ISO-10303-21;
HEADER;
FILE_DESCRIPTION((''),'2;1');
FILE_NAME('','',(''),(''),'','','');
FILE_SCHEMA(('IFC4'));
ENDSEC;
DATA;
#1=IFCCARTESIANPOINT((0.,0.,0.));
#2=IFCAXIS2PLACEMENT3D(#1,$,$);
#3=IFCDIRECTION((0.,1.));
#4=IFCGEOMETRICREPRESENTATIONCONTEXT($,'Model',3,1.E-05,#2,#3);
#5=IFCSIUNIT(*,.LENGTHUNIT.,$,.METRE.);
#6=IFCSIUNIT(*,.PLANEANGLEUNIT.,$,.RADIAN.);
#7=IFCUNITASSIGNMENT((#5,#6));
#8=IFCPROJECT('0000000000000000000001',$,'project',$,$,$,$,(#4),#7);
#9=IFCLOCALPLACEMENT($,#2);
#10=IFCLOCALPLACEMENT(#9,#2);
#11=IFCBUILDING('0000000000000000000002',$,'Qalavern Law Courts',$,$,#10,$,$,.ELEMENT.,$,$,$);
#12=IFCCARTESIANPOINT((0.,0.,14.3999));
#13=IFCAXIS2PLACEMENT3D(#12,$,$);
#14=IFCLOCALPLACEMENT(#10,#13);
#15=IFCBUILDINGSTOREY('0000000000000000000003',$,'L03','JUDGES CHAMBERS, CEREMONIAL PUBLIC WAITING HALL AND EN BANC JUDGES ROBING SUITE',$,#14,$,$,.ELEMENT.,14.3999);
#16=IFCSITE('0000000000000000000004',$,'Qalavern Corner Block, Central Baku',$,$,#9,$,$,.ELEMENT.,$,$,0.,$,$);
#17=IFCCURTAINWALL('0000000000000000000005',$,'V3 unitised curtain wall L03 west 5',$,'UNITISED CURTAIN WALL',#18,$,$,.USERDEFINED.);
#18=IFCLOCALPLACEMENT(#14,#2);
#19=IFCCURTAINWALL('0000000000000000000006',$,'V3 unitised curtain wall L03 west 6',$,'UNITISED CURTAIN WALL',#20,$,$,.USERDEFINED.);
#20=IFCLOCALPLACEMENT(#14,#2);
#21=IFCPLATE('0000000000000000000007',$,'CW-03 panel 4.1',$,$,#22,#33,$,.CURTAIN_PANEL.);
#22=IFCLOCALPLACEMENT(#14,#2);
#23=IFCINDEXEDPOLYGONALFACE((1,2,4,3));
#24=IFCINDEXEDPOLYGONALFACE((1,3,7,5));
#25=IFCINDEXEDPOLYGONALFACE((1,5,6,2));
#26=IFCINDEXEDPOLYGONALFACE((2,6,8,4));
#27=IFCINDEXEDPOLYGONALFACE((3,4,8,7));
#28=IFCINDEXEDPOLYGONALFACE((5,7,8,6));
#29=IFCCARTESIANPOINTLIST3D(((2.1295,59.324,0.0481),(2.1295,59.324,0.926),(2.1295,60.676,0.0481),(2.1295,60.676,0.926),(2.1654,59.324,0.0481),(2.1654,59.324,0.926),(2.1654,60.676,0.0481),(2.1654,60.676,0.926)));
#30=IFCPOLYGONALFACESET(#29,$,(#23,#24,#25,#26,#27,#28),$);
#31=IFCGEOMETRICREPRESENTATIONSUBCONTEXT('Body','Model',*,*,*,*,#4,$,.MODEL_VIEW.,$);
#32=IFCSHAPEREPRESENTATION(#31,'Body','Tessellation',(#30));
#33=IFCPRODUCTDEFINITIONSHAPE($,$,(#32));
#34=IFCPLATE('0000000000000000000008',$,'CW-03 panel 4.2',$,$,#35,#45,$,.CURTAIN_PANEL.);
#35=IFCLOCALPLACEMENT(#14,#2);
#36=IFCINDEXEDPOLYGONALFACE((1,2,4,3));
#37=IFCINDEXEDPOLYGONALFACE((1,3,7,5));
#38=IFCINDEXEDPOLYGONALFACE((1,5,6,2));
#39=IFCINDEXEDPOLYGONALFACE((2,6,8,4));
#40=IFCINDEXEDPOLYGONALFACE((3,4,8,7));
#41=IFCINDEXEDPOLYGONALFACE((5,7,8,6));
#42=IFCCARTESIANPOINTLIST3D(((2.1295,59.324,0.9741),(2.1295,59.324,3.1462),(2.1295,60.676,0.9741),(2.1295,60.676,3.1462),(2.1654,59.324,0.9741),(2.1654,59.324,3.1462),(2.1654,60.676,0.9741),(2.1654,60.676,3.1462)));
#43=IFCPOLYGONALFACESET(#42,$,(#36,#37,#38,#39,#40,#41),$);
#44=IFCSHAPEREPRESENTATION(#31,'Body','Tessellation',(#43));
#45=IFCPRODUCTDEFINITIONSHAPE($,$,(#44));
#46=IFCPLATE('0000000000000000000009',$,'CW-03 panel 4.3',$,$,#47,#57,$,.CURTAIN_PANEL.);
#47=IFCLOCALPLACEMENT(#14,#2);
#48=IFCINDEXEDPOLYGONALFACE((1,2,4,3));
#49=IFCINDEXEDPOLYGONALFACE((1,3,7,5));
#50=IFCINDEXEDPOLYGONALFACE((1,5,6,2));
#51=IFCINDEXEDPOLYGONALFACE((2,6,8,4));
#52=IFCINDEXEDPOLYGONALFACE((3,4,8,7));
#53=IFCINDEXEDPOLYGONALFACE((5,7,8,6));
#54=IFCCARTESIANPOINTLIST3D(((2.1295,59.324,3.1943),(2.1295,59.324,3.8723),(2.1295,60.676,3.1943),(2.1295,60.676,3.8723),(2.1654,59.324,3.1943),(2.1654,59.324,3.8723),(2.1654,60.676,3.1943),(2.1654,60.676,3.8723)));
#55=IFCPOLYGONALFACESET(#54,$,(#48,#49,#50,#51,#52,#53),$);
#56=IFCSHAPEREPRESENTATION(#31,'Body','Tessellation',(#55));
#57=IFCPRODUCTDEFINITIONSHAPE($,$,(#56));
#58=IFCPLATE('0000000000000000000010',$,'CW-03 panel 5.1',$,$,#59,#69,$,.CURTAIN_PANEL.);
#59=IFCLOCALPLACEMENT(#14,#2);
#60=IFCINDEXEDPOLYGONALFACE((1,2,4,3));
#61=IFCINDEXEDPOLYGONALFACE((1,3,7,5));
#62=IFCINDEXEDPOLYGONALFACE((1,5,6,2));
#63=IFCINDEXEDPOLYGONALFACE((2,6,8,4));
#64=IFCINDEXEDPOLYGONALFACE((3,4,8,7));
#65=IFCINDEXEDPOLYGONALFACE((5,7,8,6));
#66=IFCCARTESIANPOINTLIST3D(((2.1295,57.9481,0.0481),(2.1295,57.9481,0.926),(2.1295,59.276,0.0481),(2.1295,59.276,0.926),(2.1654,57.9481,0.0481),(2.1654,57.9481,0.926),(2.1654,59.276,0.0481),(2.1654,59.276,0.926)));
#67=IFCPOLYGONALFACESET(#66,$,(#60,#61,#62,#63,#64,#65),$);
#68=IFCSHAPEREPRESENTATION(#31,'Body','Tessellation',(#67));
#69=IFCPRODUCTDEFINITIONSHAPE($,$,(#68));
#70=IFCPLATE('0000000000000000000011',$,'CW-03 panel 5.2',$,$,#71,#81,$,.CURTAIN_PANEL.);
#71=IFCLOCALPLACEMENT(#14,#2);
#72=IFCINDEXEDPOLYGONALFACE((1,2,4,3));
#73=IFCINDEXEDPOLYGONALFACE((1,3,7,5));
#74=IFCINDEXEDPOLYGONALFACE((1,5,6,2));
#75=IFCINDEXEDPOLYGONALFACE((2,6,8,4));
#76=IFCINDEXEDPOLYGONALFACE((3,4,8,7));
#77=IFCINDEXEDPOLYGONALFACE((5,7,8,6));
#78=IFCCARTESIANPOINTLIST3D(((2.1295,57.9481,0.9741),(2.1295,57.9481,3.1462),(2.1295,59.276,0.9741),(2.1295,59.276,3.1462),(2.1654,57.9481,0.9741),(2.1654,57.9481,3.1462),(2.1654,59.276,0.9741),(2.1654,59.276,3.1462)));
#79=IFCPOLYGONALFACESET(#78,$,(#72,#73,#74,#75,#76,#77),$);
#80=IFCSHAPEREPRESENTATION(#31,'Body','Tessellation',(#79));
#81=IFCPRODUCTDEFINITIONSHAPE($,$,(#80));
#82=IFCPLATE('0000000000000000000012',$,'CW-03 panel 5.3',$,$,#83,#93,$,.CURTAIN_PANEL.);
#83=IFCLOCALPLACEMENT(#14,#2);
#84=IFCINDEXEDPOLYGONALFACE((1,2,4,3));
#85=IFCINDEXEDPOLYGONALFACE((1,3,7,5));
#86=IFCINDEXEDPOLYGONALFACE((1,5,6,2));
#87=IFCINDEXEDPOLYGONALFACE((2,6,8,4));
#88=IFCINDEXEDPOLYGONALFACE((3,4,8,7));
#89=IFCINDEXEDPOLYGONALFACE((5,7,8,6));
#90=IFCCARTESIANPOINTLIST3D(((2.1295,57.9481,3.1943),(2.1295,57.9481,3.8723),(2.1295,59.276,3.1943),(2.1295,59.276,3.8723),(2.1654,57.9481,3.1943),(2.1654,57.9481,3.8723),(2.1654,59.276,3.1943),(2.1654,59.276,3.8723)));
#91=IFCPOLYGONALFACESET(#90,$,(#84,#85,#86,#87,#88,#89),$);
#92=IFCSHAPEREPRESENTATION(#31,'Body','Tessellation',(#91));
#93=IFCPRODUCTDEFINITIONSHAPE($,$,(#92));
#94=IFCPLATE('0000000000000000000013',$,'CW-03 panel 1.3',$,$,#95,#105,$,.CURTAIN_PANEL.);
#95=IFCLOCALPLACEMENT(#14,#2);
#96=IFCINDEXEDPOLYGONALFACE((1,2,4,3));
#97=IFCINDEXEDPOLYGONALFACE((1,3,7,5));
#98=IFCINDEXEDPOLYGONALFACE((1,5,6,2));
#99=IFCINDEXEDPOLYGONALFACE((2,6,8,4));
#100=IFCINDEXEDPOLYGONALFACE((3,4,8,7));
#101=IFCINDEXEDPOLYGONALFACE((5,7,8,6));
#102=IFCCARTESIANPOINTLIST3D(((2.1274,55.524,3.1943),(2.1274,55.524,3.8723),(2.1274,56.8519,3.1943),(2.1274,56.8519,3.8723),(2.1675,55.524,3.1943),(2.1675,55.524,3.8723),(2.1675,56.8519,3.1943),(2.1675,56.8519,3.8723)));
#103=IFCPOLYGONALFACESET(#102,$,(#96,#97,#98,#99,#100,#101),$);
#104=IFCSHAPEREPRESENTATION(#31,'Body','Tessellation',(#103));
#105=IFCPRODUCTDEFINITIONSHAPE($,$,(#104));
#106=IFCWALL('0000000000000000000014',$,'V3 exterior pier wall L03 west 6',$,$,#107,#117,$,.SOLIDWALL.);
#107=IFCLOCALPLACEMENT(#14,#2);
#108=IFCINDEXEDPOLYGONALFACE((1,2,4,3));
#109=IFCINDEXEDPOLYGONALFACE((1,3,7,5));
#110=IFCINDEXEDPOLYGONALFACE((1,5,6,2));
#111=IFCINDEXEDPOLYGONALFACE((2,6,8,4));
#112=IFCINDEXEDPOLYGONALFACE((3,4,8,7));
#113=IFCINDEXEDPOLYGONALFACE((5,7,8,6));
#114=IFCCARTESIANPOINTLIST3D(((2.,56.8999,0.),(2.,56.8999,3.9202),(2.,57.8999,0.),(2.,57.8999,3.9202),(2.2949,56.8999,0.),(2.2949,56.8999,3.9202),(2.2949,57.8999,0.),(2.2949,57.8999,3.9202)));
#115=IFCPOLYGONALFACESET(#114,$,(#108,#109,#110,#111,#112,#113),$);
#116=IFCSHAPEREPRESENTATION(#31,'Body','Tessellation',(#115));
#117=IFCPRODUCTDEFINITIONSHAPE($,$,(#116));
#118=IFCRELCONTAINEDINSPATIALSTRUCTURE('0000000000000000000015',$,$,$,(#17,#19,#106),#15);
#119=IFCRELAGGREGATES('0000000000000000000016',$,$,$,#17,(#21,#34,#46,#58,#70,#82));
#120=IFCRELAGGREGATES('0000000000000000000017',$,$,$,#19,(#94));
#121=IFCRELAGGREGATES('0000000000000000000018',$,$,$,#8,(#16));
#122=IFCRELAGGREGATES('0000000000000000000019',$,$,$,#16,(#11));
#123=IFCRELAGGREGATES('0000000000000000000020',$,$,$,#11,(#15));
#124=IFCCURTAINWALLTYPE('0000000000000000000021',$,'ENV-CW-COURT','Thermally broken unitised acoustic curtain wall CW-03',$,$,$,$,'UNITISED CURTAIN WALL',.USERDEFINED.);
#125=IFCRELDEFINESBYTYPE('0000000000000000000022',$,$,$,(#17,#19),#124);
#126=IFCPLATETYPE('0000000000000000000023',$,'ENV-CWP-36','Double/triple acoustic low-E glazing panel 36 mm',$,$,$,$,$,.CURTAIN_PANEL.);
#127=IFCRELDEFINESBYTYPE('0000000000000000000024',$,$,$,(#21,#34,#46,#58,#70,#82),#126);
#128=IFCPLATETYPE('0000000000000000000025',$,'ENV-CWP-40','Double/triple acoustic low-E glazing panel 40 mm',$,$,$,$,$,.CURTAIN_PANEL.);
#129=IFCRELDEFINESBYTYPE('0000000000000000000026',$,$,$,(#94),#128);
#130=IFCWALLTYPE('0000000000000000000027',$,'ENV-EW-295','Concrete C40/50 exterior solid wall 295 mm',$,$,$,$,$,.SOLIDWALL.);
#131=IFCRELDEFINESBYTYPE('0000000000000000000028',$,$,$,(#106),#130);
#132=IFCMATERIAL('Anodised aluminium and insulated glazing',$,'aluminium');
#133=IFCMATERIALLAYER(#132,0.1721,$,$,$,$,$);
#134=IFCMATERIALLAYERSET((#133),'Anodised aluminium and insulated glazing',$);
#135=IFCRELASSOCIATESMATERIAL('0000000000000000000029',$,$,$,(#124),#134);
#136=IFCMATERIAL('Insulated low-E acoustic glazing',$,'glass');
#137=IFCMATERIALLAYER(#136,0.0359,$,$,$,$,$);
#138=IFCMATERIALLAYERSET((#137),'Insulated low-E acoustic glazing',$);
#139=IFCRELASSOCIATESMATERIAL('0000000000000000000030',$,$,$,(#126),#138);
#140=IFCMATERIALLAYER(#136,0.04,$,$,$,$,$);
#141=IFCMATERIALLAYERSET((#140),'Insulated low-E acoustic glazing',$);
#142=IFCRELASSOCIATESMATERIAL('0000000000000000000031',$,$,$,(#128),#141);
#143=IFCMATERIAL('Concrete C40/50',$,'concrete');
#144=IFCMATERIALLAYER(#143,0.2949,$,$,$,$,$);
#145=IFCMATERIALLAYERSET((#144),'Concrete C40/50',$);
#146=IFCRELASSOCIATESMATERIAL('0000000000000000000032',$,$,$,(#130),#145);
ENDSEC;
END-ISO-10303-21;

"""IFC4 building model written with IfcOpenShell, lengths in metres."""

from ifc_helpers import new_model, si_unit, direction, frame, frame_2d, origin, origin_2d, place, context, subcontext, project, spatial, rectangle, extrude, material, layer, layer_set, type_object, element, aggregate, save


model = new_model("IFC4")

# Units and contexts
model_context = context("Model", 3, precision=1e-05, world=origin(), true_north=direction((0.0, 1.0)))
body_context = subcontext(model_context, "Body", "Model", "MODEL_VIEW")
ifc_project = project(units=[si_unit("LENGTHUNIT", "METRE"), si_unit("PLANEANGLEUNIT", "RADIAN")], contexts=[model_context])

# Site, building, storey
site_placement = place(None, origin())
site = spatial("IfcSite", under=ifc_project, at=site_placement, Name="Qalavern Corner Block, Central Baku", CompositionType="ELEMENT", RefElevation=0.0)
building_placement = place(site_placement, origin())
building = spatial("IfcBuilding", under=site, at=building_placement, Name="Qalavern Law Courts", CompositionType="ELEMENT")
storey_placement = place(building_placement, frame((0.0, 0.0, 14.3999)))
storey = spatial("IfcBuildingStorey", under=building, at=storey_placement, Name="L03", Description="JUDGES CHAMBERS, CEREMONIAL PUBLIC WAITING HALL AND EN BANC JUDGES ROBING SUITE", CompositionType="ELEMENT", Elevation=14.3999)

# Curtain wall
ifc_material_1 = material(Name="Anodised aluminium and insulated glazing", Category="aluminium")
ifc_layer_1 = layer(ifc_material_1, 0.1721)
ifc_layer_set_1 = layer_set([ifc_layer_1], Name="Anodised aluminium and insulated glazing")
curtain_wall_type = type_object("IfcCurtainWallType", Name="ENV-CW-COURT", Description="Thermally broken unitised acoustic curtain wall CW-03", ElementType="UNITISED CURTAIN WALL", PredefinedType="USERDEFINED", material=ifc_layer_set_1)
curtain_wall_1_placement = place(storey_placement, origin())
curtain_wall_1 = element("IfcCurtainWall", 1, at=curtain_wall_1_placement, inside=storey, type_object=curtain_wall_type, Name="V3 unitised curtain wall L03 west 5", ObjectType="UNITISED CURTAIN WALL", PredefinedType="USERDEFINED")

# Curtain wall
curtain_wall_2_placement = place(storey_placement, origin())
curtain_wall_2 = element("IfcCurtainWall", 2, at=curtain_wall_2_placement, inside=storey, type_object=curtain_wall_type, Name="V3 unitised curtain wall L03 west 6", ObjectType="UNITISED CURTAIN WALL", PredefinedType="USERDEFINED")

# Plates
ifc_material_2 = material(Name="Insulated low-E acoustic glazing", Category="glass")
ifc_layer_2 = layer(ifc_material_2, 0.0359)
ifc_layer_set_2 = layer_set([ifc_layer_2], Name="Insulated low-E acoustic glazing")
plate_type_1 = type_object("IfcPlateType", Name="ENV-CWP-36", Description="Double/triple acoustic low-E glazing panel 36 mm", PredefinedType="CURTAIN_PANEL", material=ifc_layer_set_2)
plate_1_placement = place(storey_placement, frame((2.1475, 60.0, 0.0481), z_axis=(0.0, 0.0, 1.0), x_axis=(0.0, -1.0, 0.0)))
plate_1 = element("IfcPlate", 3, at=plate_1_placement, type_object=plate_type_1, Name="CW-03 panel 4.1", PredefinedType="CURTAIN_PANEL", context=body_context, shape_type="SweptSolid", body=[
    extrude(rectangle(XDim=1.3521, YDim=0.0359, at=origin_2d()), origin(), (0.0, 0.0, 1.0), 0.8779),
])
plate_2_placement = place(storey_placement, frame((2.1475, 60.0, 0.9741), z_axis=(0.0, 0.0, 1.0), x_axis=(0.0, -1.0, 0.0)))
plate_2 = element("IfcPlate", 4, at=plate_2_placement, type_object=plate_type_1, Name="CW-03 panel 4.2", PredefinedType="CURTAIN_PANEL", context=body_context, shape_type="SweptSolid", body=[
    extrude(rectangle(XDim=1.3521, YDim=0.0359, at=origin_2d()), origin(), (0.0, 0.0, 1.0), 2.1721),
])
plate_3_placement = place(storey_placement, frame((2.1475, 60.0, 3.1943), z_axis=(0.0, 0.0, 1.0), x_axis=(0.0, -1.0, 0.0)))
plate_3 = element("IfcPlate", 5, at=plate_3_placement, type_object=plate_type_1, Name="CW-03 panel 4.3", PredefinedType="CURTAIN_PANEL", context=body_context, shape_type="SweptSolid", body=[
    extrude(rectangle(XDim=1.3521, YDim=0.0359, at=origin_2d()), origin(), (0.0, 0.0, 1.0), 0.678),
])
plate_4_placement = place(storey_placement, frame((2.1475, 58.6121, 0.0481), z_axis=(0.0, 0.0, 1.0), x_axis=(0.0, -1.0, 0.0)))
plate_4 = element("IfcPlate", 6, at=plate_4_placement, type_object=plate_type_1, Name="CW-03 panel 5.1", PredefinedType="CURTAIN_PANEL", context=body_context, shape_type="SweptSolid", body=[
    extrude(rectangle(XDim=1.3279, YDim=0.0359, at=origin_2d()), origin(), (0.0, 0.0, 1.0), 0.8779),
])
plate_5_placement = place(storey_placement, frame((2.1475, 58.6121, 0.9741), z_axis=(0.0, 0.0, 1.0), x_axis=(0.0, -1.0, 0.0)))
plate_5 = element("IfcPlate", 7, at=plate_5_placement, type_object=plate_type_1, Name="CW-03 panel 5.2", PredefinedType="CURTAIN_PANEL", context=body_context, shape_type="SweptSolid", body=[
    extrude(rectangle(XDim=1.3279, YDim=0.0359, at=origin_2d()), origin(), (0.0, 0.0, 1.0), 2.1721),
])
plate_6_placement = place(storey_placement, frame((2.1475, 58.6121, 3.1943), z_axis=(0.0, 0.0, 1.0), x_axis=(0.0, -1.0, 0.0)))
plate_6 = element("IfcPlate", 8, at=plate_6_placement, type_object=plate_type_1, Name="CW-03 panel 5.3", PredefinedType="CURTAIN_PANEL", context=body_context, shape_type="SweptSolid", body=[
    extrude(rectangle(XDim=1.3279, YDim=0.0359, at=origin_2d()), origin(), (0.0, 0.0, 1.0), 0.678),
])
aggregate(curtain_wall_1, [plate_1, plate_2, plate_3, plate_4, plate_5, plate_6])
ifc_layer_3 = layer(ifc_material_2, 0.04)
ifc_layer_set_3 = layer_set([ifc_layer_3], Name="Insulated low-E acoustic glazing")
plate_type_2 = type_object("IfcPlateType", Name="ENV-CWP-40", Description="Double/triple acoustic low-E glazing panel 40 mm", PredefinedType="CURTAIN_PANEL", material=ifc_layer_set_3)
plate_7_placement = place(storey_placement, frame((2.1475, 56.188, 3.1943), z_axis=(0.0, 0.0, 1.0), x_axis=(0.0, -1.0, 0.0)))
plate_7 = element("IfcPlate", 9, at=plate_7_placement, type_object=plate_type_2, Name="CW-03 panel 1.3", PredefinedType="CURTAIN_PANEL", context=body_context, shape_type="SweptSolid", body=[
    extrude(rectangle(XDim=1.3279, YDim=0.04, at=origin_2d()), origin(), (0.0, 0.0, 1.0), 0.678),
])
aggregate(curtain_wall_2, [plate_7])

# Wall
ifc_material_3 = material(Name="Concrete C40/50", Category="concrete")
ifc_layer_4 = layer(ifc_material_3, 0.2949)
ifc_layer_set_4 = layer_set([ifc_layer_4], Name="Concrete C40/50")
wall_type = type_object("IfcWallType", Name="ENV-EW-295", Description="Concrete C40/50 exterior solid wall 295 mm", PredefinedType="SOLIDWALL", material=ifc_layer_set_4)
wall_placement = place(storey_placement, frame((2.1475, 57.8999, 0.0), z_axis=(0.0, 0.0, 1.0), x_axis=(0.0, -1.0, 0.0)))
element("IfcWall", 10, at=wall_placement, inside=storey, type_object=wall_type, Name="V3 exterior pier wall L03 west 6", PredefinedType="SOLIDWALL", context=body_context, shape_type="SweptSolid", body=[
    extrude(rectangle(XDim=1.0, YDim=0.2949, at=frame_2d((0.5, 0.0))), origin(), (0.0, 0.0, 1.0), 3.9202),
])

save(model, "model.ifc")
